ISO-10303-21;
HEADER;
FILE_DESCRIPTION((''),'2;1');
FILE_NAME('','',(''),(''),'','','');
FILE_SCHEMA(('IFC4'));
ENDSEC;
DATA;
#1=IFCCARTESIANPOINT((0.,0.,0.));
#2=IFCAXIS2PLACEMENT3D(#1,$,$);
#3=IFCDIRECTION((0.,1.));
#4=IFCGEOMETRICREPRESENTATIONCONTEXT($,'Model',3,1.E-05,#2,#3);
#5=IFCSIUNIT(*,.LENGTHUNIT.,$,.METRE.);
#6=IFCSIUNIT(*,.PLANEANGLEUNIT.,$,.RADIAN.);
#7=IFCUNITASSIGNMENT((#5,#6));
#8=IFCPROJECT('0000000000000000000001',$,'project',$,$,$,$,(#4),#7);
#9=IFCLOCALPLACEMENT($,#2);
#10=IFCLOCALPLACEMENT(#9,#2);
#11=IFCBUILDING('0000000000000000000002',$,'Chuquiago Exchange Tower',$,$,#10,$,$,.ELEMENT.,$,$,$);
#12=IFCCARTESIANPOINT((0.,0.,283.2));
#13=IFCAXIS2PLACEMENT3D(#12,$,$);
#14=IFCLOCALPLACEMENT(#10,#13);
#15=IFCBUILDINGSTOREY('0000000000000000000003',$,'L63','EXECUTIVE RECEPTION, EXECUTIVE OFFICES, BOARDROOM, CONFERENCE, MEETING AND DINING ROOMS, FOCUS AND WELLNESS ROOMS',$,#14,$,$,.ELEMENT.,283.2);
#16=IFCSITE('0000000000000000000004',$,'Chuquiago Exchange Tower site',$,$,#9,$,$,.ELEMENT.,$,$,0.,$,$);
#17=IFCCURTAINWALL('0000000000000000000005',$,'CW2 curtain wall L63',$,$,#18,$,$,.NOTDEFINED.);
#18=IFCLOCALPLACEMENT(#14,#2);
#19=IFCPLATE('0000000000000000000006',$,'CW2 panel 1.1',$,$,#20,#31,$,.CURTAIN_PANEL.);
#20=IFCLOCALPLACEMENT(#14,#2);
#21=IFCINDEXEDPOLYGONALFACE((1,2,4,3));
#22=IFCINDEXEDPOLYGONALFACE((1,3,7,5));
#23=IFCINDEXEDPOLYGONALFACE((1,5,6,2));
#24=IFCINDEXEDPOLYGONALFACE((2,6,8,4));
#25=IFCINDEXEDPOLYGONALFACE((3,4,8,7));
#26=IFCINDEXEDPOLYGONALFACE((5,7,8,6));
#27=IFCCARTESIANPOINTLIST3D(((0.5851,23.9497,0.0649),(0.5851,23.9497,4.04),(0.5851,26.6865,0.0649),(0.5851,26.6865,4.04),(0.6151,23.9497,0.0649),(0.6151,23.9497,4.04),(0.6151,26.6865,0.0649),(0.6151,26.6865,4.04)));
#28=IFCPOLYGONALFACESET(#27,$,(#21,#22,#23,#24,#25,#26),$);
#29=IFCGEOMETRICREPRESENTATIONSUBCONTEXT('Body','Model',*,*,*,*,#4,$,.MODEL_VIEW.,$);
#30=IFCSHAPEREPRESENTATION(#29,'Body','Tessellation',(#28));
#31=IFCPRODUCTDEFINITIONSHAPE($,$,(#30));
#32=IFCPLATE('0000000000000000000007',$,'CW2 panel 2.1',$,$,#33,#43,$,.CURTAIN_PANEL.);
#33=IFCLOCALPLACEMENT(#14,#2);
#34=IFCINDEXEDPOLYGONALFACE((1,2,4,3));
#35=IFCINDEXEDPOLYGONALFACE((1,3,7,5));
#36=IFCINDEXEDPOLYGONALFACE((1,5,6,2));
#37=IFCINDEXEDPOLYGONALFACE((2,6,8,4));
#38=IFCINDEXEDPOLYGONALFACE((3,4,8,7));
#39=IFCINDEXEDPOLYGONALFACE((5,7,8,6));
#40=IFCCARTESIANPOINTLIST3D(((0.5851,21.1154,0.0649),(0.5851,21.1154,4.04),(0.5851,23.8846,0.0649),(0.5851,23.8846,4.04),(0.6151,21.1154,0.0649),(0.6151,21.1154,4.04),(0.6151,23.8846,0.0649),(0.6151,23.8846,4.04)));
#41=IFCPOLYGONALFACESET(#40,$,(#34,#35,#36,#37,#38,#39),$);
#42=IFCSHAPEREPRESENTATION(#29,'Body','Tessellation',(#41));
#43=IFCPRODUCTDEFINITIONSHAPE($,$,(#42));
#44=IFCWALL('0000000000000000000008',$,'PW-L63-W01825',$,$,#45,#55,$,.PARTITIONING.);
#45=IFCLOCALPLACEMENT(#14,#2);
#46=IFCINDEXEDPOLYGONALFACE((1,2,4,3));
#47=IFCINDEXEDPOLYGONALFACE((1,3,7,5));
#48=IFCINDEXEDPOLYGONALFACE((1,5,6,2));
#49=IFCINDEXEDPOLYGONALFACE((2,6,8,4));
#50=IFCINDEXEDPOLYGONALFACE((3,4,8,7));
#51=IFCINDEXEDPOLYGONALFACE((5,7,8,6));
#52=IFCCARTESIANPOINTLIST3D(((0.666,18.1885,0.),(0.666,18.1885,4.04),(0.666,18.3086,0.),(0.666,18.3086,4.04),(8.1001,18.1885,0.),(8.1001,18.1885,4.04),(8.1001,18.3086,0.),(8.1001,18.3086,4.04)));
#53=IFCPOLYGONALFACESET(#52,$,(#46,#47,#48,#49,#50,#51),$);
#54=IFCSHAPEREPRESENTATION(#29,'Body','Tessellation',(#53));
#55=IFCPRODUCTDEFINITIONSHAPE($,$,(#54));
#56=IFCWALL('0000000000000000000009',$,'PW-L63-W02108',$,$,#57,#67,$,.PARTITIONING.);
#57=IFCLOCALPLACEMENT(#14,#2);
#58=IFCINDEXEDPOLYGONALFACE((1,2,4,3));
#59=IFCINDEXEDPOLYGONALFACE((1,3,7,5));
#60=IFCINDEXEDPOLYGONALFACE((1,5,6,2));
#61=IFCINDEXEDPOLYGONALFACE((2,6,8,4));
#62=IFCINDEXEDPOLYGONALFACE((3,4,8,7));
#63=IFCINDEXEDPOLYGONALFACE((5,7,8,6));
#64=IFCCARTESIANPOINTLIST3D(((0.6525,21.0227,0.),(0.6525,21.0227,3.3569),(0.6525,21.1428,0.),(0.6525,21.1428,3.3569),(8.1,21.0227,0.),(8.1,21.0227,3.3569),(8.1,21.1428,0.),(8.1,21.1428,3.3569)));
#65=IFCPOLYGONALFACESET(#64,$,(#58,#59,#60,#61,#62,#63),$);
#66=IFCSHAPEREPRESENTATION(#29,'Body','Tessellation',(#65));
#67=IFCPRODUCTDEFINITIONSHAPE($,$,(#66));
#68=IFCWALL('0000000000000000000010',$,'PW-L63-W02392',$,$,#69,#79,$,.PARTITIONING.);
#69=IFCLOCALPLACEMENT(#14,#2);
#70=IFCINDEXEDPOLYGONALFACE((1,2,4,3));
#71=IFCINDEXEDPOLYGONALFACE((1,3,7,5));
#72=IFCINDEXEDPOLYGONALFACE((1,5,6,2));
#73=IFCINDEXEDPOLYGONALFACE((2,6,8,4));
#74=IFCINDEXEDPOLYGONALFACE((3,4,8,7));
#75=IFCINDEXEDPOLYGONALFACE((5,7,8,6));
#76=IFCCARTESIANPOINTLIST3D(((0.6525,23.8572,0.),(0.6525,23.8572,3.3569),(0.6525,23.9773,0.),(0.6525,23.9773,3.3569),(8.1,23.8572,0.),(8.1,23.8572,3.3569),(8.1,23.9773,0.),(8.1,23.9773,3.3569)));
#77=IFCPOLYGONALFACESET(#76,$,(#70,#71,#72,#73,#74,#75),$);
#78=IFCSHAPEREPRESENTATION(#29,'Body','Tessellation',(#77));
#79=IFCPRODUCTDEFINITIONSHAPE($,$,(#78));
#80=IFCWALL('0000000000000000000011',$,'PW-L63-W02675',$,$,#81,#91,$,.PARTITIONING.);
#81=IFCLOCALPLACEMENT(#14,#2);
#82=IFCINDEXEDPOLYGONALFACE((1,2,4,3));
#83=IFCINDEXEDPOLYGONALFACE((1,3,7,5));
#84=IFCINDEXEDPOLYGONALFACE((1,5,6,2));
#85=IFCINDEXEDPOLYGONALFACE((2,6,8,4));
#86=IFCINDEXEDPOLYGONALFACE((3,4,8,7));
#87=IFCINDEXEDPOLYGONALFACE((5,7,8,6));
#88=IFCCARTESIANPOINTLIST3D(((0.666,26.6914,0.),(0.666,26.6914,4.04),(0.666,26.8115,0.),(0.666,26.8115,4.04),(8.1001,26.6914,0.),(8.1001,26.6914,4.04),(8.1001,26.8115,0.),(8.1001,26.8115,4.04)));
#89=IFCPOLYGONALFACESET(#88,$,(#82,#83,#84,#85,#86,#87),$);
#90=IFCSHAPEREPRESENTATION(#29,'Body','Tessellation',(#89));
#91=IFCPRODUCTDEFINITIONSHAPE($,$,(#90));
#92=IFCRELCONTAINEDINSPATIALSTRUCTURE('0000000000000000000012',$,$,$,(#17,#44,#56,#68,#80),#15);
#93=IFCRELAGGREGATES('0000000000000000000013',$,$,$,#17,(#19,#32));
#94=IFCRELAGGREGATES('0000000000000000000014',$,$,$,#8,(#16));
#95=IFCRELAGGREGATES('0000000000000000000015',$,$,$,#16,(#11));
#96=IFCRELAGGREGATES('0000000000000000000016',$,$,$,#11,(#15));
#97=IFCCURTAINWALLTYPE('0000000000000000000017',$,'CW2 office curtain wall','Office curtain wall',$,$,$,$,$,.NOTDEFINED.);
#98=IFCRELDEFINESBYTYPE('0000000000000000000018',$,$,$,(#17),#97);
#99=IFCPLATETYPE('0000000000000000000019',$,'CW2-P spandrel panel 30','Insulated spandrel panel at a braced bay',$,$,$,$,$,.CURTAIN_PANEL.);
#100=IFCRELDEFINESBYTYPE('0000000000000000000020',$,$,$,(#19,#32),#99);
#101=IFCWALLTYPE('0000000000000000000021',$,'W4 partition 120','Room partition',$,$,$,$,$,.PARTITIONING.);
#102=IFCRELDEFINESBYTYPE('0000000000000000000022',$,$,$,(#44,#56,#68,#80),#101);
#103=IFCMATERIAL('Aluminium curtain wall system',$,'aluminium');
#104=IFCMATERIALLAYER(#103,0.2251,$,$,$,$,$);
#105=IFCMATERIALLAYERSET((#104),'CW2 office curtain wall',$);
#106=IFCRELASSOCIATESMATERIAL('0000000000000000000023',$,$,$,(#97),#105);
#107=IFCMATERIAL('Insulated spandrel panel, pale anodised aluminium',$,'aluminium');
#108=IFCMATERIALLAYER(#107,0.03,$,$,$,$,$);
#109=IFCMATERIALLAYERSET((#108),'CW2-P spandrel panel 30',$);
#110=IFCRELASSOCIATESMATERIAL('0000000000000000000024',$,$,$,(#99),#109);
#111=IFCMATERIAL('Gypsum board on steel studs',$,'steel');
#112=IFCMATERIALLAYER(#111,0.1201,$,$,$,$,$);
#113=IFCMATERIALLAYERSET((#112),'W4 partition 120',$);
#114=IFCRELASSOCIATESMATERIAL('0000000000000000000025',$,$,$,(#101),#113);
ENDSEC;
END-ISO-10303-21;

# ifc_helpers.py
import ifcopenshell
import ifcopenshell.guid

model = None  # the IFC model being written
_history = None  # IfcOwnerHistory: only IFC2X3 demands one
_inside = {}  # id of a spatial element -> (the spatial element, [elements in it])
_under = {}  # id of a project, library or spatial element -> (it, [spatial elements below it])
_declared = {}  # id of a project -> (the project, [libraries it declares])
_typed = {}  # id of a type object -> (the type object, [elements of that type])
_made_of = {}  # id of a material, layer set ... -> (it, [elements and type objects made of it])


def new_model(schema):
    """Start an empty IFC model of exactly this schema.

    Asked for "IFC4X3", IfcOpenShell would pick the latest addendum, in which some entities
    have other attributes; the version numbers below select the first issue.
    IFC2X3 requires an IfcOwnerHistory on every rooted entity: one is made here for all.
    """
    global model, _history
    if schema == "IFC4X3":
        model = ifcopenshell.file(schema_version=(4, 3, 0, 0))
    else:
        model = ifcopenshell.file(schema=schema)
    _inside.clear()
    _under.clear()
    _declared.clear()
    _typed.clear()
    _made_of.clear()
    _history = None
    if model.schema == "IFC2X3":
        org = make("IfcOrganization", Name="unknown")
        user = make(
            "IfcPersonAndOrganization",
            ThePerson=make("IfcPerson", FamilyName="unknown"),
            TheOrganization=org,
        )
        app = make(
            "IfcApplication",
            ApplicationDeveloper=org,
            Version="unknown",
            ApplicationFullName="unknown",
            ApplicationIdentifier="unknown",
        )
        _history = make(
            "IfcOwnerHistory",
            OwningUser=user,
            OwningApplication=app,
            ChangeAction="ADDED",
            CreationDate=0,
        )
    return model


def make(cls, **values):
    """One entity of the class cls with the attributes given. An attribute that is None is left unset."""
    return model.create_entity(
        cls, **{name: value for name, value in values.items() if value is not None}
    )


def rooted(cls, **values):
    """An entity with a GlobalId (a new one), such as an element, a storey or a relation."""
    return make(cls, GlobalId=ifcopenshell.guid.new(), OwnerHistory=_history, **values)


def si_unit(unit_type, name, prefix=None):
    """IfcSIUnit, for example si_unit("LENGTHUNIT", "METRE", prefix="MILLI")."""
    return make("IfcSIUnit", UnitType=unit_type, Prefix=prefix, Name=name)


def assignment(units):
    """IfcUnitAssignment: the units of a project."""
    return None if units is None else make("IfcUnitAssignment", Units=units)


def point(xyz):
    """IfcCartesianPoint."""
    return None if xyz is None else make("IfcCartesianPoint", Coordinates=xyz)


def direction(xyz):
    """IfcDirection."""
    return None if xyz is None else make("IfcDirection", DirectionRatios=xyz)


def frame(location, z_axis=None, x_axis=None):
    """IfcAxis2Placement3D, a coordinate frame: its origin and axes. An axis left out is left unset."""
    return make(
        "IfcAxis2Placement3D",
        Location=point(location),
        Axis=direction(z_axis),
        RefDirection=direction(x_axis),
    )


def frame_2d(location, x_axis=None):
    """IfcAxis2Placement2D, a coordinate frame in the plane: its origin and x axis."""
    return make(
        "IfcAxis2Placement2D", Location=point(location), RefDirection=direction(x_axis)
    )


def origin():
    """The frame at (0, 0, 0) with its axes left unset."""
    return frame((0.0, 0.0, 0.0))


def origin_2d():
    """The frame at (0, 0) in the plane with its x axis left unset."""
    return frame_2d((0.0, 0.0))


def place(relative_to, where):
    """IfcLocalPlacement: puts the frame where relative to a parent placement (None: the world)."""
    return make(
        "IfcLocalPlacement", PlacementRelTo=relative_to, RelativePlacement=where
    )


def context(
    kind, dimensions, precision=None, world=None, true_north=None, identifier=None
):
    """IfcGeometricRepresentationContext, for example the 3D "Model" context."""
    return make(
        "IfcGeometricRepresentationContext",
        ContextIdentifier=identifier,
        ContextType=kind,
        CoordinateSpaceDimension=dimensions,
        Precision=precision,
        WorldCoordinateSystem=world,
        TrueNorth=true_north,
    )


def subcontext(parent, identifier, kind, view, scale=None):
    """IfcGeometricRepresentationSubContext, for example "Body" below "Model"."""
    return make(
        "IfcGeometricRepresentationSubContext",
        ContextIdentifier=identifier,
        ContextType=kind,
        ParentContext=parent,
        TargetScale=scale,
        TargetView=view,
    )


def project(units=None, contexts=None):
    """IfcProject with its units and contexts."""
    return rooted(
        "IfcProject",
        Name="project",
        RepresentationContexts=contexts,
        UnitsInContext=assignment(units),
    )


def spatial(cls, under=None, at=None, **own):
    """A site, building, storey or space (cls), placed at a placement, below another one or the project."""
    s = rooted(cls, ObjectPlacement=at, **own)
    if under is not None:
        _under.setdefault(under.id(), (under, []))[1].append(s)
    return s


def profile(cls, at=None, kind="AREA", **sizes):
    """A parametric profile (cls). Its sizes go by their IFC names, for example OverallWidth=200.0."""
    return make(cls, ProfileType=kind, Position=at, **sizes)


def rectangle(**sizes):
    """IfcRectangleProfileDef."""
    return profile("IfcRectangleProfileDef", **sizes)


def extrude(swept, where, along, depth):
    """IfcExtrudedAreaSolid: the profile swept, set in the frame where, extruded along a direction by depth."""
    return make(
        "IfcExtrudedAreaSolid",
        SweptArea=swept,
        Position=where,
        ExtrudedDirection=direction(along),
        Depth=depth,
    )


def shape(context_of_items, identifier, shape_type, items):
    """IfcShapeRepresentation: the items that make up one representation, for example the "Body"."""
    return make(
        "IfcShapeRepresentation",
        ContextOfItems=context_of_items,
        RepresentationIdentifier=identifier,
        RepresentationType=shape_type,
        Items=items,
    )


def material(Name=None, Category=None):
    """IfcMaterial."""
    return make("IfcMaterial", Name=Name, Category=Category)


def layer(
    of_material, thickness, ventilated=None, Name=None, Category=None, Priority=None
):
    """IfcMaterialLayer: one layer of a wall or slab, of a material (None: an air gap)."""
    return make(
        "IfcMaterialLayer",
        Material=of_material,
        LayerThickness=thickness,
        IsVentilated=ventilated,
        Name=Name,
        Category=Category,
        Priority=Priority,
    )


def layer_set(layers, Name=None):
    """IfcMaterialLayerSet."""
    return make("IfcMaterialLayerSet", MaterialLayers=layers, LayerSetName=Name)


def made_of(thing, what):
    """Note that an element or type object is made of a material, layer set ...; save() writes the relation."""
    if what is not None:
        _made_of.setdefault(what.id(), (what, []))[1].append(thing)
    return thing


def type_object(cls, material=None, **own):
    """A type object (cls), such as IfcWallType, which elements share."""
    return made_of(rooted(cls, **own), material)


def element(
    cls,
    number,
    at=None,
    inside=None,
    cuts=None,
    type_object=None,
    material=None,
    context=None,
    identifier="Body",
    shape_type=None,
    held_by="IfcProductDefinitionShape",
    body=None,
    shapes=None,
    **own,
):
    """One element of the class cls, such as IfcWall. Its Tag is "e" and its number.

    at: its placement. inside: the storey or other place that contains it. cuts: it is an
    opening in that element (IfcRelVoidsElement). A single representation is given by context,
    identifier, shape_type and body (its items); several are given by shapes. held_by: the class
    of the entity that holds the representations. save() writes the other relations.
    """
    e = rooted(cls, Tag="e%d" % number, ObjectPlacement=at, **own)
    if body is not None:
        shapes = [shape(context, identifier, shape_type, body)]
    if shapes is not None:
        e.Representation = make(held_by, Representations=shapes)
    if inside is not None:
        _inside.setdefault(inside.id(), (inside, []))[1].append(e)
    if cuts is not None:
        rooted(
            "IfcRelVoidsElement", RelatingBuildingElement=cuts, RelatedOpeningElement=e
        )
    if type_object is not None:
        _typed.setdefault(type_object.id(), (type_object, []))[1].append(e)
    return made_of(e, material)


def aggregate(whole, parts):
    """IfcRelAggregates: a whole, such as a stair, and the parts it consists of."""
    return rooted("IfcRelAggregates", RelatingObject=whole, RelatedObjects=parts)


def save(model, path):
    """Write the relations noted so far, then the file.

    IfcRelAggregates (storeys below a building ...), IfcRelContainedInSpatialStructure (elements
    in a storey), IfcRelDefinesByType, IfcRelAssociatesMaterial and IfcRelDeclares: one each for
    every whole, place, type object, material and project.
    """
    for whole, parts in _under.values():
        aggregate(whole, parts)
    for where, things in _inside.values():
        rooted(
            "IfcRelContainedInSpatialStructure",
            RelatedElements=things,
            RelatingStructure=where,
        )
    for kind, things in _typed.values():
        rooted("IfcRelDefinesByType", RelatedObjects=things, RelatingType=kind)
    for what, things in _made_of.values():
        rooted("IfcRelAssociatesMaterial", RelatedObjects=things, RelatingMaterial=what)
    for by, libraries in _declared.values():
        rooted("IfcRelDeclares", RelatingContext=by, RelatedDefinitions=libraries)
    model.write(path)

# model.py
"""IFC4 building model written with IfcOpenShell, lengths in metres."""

from ifc_helpers import new_model, si_unit, direction, frame, frame_2d, origin, origin_2d, place, context, subcontext, project, spatial, rectangle, extrude, material, layer, layer_set, type_object, element, aggregate, save


model = new_model("IFC4")

# Units and contexts
model_context = context("Model", 3, precision=1e-05, world=origin(), true_north=direction((0.0, 1.0)))
body_context = subcontext(model_context, "Body", "Model", "MODEL_VIEW")
ifc_project = project(units=[si_unit("LENGTHUNIT", "METRE"), si_unit("PLANEANGLEUNIT", "RADIAN")], contexts=[model_context])

# Site, building, storey
site_placement = place(None, origin())
site = spatial("IfcSite", under=ifc_project, at=site_placement, Name="Chuquiago Exchange Tower site", CompositionType="ELEMENT", RefElevation=0.0)
building_placement = place(site_placement, origin())
building = spatial("IfcBuilding", under=site, at=building_placement, Name="Chuquiago Exchange Tower", CompositionType="ELEMENT")
storey_placement = place(building_placement, frame((0.0, 0.0, 283.2)))
storey = spatial("IfcBuildingStorey", under=building, at=storey_placement, Name="L63", Description="EXECUTIVE RECEPTION, EXECUTIVE OFFICES, BOARDROOM, CONFERENCE, MEETING AND DINING ROOMS, FOCUS AND WELLNESS ROOMS", CompositionType="ELEMENT", Elevation=283.2)

# Curtain wall
ifc_material_1 = material(Name="Aluminium curtain wall system", Category="aluminium")
ifc_layer_1 = layer(ifc_material_1, 0.2251)
ifc_layer_set_1 = layer_set([ifc_layer_1], Name="CW2 office curtain wall")
curtain_wall_type_1 = type_object("IfcCurtainWallType", Name="CW2 office curtain wall", Description="Office curtain wall", PredefinedType="NOTDEFINED", material=ifc_layer_set_1)
curtain_wall_1_placement = place(storey_placement, origin())
curtain_wall_1 = element("IfcCurtainWall", 1, at=curtain_wall_1_placement, inside=storey, type_object=curtain_wall_type_1, Name="CW2 curtain wall L63", PredefinedType="NOTDEFINED")

# Plates
ifc_material_2 = material(Name="Insulated spandrel panel, pale anodised aluminium", Category="aluminium")
ifc_layer_2 = layer(ifc_material_2, 0.03)
ifc_layer_set_2 = layer_set([ifc_layer_2], Name="CW2-P spandrel panel 30")
plate_type_1 = type_object("IfcPlateType", Name="CW2-P spandrel panel 30", Description="Insulated spandrel panel at a braced bay", PredefinedType="CURTAIN_PANEL", material=ifc_layer_set_2)
plate_1_placement = place(storey_placement, frame((0.6001, 25.3181, 0.0649), z_axis=(0.0, 0.0, 1.0), x_axis=(0.0, -1.0, 0.0)))
plate_1 = element("IfcPlate", 2, at=plate_1_placement, type_object=plate_type_1, Name="CW2 panel 1.1", PredefinedType="CURTAIN_PANEL", context=body_context, shape_type="SweptSolid", body=[
    extrude(rectangle(XDim=2.7368, YDim=0.03, at=origin_2d()), origin(), (0.0, 0.0, 1.0), 3.9751),
])
plate_2_placement = place(storey_placement, frame((0.6001, 22.5, 0.0649), z_axis=(0.0, 0.0, 1.0), x_axis=(0.0, -1.0, 0.0)))
plate_2 = element("IfcPlate", 3, at=plate_2_placement, type_object=plate_type_1, Name="CW2 panel 2.1", PredefinedType="CURTAIN_PANEL", context=body_context, shape_type="SweptSolid", body=[
    extrude(rectangle(XDim=2.7693, YDim=0.03, at=origin_2d()), origin(), (0.0, 0.0, 1.0), 3.9751),
])
aggregate(curtain_wall_1, [plate_1, plate_2])

# Walls
ifc_material_3 = material(Name="Gypsum board on steel studs", Category="steel")
ifc_layer_3 = layer(ifc_material_3, 0.1201)
ifc_layer_set_3 = layer_set([ifc_layer_3], Name="W4 partition 120")
wall_type = type_object("IfcWallType", Name="W4 partition 120", Description="Room partition", PredefinedType="PARTITIONING", material=ifc_layer_set_3)
wall_1_placement = place(storey_placement, frame((0.666, 18.2485, 0.0), z_axis=(0.0, 0.0, 1.0), x_axis=(1.0, 0.0, 0.0)))
element("IfcWall", 4, at=wall_1_placement, inside=storey, type_object=wall_type, Name="PW-L63-W01825", PredefinedType="PARTITIONING", context=body_context, shape_type="SweptSolid", body=[
    extrude(rectangle(XDim=7.4341, YDim=0.1201, at=frame_2d((3.717, 0.0))), origin(), (0.0, 0.0, 1.0), 4.04),
])
for number, where, z_axis, x_axis, name in (
    (5, (0.6526, 21.0828, 0.0), (0.0, 0.0, 1.0), (1.0, 0.0, 0.0), "PW-L63-W02108"),
    (6, (0.6526, 23.9172, 0.0), (0.0, 0.0, 1.0), (1.0, 0.0, 0.0), "PW-L63-W02392"),
):
    element("IfcWall", number, at=place(storey_placement, frame(where, z_axis=z_axis, x_axis=x_axis)), inside=storey, type_object=wall_type, Name=name, PredefinedType="PARTITIONING", context=body_context, shape_type="SweptSolid", body=[
        extrude(rectangle(XDim=7.4475, YDim=0.1201, at=frame_2d((3.7236, 0.0))), origin(), (0.0, 0.0, 1.0), 3.3569),
    ])
wall_2_placement = place(storey_placement, frame((0.666, 26.7515, 0.0), z_axis=(0.0, 0.0, 1.0), x_axis=(1.0, 0.0, 0.0)))
element("IfcWall", 7, at=wall_2_placement, inside=storey, type_object=wall_type, Name="PW-L63-W02675", PredefinedType="PARTITIONING", context=body_context, shape_type="SweptSolid", body=[
    extrude(rectangle(XDim=7.4341, YDim=0.1201, at=frame_2d((3.717, 0.0))), origin(), (0.0, 0.0, 1.0), 4.04),
])

save(model, "model.ifc")
